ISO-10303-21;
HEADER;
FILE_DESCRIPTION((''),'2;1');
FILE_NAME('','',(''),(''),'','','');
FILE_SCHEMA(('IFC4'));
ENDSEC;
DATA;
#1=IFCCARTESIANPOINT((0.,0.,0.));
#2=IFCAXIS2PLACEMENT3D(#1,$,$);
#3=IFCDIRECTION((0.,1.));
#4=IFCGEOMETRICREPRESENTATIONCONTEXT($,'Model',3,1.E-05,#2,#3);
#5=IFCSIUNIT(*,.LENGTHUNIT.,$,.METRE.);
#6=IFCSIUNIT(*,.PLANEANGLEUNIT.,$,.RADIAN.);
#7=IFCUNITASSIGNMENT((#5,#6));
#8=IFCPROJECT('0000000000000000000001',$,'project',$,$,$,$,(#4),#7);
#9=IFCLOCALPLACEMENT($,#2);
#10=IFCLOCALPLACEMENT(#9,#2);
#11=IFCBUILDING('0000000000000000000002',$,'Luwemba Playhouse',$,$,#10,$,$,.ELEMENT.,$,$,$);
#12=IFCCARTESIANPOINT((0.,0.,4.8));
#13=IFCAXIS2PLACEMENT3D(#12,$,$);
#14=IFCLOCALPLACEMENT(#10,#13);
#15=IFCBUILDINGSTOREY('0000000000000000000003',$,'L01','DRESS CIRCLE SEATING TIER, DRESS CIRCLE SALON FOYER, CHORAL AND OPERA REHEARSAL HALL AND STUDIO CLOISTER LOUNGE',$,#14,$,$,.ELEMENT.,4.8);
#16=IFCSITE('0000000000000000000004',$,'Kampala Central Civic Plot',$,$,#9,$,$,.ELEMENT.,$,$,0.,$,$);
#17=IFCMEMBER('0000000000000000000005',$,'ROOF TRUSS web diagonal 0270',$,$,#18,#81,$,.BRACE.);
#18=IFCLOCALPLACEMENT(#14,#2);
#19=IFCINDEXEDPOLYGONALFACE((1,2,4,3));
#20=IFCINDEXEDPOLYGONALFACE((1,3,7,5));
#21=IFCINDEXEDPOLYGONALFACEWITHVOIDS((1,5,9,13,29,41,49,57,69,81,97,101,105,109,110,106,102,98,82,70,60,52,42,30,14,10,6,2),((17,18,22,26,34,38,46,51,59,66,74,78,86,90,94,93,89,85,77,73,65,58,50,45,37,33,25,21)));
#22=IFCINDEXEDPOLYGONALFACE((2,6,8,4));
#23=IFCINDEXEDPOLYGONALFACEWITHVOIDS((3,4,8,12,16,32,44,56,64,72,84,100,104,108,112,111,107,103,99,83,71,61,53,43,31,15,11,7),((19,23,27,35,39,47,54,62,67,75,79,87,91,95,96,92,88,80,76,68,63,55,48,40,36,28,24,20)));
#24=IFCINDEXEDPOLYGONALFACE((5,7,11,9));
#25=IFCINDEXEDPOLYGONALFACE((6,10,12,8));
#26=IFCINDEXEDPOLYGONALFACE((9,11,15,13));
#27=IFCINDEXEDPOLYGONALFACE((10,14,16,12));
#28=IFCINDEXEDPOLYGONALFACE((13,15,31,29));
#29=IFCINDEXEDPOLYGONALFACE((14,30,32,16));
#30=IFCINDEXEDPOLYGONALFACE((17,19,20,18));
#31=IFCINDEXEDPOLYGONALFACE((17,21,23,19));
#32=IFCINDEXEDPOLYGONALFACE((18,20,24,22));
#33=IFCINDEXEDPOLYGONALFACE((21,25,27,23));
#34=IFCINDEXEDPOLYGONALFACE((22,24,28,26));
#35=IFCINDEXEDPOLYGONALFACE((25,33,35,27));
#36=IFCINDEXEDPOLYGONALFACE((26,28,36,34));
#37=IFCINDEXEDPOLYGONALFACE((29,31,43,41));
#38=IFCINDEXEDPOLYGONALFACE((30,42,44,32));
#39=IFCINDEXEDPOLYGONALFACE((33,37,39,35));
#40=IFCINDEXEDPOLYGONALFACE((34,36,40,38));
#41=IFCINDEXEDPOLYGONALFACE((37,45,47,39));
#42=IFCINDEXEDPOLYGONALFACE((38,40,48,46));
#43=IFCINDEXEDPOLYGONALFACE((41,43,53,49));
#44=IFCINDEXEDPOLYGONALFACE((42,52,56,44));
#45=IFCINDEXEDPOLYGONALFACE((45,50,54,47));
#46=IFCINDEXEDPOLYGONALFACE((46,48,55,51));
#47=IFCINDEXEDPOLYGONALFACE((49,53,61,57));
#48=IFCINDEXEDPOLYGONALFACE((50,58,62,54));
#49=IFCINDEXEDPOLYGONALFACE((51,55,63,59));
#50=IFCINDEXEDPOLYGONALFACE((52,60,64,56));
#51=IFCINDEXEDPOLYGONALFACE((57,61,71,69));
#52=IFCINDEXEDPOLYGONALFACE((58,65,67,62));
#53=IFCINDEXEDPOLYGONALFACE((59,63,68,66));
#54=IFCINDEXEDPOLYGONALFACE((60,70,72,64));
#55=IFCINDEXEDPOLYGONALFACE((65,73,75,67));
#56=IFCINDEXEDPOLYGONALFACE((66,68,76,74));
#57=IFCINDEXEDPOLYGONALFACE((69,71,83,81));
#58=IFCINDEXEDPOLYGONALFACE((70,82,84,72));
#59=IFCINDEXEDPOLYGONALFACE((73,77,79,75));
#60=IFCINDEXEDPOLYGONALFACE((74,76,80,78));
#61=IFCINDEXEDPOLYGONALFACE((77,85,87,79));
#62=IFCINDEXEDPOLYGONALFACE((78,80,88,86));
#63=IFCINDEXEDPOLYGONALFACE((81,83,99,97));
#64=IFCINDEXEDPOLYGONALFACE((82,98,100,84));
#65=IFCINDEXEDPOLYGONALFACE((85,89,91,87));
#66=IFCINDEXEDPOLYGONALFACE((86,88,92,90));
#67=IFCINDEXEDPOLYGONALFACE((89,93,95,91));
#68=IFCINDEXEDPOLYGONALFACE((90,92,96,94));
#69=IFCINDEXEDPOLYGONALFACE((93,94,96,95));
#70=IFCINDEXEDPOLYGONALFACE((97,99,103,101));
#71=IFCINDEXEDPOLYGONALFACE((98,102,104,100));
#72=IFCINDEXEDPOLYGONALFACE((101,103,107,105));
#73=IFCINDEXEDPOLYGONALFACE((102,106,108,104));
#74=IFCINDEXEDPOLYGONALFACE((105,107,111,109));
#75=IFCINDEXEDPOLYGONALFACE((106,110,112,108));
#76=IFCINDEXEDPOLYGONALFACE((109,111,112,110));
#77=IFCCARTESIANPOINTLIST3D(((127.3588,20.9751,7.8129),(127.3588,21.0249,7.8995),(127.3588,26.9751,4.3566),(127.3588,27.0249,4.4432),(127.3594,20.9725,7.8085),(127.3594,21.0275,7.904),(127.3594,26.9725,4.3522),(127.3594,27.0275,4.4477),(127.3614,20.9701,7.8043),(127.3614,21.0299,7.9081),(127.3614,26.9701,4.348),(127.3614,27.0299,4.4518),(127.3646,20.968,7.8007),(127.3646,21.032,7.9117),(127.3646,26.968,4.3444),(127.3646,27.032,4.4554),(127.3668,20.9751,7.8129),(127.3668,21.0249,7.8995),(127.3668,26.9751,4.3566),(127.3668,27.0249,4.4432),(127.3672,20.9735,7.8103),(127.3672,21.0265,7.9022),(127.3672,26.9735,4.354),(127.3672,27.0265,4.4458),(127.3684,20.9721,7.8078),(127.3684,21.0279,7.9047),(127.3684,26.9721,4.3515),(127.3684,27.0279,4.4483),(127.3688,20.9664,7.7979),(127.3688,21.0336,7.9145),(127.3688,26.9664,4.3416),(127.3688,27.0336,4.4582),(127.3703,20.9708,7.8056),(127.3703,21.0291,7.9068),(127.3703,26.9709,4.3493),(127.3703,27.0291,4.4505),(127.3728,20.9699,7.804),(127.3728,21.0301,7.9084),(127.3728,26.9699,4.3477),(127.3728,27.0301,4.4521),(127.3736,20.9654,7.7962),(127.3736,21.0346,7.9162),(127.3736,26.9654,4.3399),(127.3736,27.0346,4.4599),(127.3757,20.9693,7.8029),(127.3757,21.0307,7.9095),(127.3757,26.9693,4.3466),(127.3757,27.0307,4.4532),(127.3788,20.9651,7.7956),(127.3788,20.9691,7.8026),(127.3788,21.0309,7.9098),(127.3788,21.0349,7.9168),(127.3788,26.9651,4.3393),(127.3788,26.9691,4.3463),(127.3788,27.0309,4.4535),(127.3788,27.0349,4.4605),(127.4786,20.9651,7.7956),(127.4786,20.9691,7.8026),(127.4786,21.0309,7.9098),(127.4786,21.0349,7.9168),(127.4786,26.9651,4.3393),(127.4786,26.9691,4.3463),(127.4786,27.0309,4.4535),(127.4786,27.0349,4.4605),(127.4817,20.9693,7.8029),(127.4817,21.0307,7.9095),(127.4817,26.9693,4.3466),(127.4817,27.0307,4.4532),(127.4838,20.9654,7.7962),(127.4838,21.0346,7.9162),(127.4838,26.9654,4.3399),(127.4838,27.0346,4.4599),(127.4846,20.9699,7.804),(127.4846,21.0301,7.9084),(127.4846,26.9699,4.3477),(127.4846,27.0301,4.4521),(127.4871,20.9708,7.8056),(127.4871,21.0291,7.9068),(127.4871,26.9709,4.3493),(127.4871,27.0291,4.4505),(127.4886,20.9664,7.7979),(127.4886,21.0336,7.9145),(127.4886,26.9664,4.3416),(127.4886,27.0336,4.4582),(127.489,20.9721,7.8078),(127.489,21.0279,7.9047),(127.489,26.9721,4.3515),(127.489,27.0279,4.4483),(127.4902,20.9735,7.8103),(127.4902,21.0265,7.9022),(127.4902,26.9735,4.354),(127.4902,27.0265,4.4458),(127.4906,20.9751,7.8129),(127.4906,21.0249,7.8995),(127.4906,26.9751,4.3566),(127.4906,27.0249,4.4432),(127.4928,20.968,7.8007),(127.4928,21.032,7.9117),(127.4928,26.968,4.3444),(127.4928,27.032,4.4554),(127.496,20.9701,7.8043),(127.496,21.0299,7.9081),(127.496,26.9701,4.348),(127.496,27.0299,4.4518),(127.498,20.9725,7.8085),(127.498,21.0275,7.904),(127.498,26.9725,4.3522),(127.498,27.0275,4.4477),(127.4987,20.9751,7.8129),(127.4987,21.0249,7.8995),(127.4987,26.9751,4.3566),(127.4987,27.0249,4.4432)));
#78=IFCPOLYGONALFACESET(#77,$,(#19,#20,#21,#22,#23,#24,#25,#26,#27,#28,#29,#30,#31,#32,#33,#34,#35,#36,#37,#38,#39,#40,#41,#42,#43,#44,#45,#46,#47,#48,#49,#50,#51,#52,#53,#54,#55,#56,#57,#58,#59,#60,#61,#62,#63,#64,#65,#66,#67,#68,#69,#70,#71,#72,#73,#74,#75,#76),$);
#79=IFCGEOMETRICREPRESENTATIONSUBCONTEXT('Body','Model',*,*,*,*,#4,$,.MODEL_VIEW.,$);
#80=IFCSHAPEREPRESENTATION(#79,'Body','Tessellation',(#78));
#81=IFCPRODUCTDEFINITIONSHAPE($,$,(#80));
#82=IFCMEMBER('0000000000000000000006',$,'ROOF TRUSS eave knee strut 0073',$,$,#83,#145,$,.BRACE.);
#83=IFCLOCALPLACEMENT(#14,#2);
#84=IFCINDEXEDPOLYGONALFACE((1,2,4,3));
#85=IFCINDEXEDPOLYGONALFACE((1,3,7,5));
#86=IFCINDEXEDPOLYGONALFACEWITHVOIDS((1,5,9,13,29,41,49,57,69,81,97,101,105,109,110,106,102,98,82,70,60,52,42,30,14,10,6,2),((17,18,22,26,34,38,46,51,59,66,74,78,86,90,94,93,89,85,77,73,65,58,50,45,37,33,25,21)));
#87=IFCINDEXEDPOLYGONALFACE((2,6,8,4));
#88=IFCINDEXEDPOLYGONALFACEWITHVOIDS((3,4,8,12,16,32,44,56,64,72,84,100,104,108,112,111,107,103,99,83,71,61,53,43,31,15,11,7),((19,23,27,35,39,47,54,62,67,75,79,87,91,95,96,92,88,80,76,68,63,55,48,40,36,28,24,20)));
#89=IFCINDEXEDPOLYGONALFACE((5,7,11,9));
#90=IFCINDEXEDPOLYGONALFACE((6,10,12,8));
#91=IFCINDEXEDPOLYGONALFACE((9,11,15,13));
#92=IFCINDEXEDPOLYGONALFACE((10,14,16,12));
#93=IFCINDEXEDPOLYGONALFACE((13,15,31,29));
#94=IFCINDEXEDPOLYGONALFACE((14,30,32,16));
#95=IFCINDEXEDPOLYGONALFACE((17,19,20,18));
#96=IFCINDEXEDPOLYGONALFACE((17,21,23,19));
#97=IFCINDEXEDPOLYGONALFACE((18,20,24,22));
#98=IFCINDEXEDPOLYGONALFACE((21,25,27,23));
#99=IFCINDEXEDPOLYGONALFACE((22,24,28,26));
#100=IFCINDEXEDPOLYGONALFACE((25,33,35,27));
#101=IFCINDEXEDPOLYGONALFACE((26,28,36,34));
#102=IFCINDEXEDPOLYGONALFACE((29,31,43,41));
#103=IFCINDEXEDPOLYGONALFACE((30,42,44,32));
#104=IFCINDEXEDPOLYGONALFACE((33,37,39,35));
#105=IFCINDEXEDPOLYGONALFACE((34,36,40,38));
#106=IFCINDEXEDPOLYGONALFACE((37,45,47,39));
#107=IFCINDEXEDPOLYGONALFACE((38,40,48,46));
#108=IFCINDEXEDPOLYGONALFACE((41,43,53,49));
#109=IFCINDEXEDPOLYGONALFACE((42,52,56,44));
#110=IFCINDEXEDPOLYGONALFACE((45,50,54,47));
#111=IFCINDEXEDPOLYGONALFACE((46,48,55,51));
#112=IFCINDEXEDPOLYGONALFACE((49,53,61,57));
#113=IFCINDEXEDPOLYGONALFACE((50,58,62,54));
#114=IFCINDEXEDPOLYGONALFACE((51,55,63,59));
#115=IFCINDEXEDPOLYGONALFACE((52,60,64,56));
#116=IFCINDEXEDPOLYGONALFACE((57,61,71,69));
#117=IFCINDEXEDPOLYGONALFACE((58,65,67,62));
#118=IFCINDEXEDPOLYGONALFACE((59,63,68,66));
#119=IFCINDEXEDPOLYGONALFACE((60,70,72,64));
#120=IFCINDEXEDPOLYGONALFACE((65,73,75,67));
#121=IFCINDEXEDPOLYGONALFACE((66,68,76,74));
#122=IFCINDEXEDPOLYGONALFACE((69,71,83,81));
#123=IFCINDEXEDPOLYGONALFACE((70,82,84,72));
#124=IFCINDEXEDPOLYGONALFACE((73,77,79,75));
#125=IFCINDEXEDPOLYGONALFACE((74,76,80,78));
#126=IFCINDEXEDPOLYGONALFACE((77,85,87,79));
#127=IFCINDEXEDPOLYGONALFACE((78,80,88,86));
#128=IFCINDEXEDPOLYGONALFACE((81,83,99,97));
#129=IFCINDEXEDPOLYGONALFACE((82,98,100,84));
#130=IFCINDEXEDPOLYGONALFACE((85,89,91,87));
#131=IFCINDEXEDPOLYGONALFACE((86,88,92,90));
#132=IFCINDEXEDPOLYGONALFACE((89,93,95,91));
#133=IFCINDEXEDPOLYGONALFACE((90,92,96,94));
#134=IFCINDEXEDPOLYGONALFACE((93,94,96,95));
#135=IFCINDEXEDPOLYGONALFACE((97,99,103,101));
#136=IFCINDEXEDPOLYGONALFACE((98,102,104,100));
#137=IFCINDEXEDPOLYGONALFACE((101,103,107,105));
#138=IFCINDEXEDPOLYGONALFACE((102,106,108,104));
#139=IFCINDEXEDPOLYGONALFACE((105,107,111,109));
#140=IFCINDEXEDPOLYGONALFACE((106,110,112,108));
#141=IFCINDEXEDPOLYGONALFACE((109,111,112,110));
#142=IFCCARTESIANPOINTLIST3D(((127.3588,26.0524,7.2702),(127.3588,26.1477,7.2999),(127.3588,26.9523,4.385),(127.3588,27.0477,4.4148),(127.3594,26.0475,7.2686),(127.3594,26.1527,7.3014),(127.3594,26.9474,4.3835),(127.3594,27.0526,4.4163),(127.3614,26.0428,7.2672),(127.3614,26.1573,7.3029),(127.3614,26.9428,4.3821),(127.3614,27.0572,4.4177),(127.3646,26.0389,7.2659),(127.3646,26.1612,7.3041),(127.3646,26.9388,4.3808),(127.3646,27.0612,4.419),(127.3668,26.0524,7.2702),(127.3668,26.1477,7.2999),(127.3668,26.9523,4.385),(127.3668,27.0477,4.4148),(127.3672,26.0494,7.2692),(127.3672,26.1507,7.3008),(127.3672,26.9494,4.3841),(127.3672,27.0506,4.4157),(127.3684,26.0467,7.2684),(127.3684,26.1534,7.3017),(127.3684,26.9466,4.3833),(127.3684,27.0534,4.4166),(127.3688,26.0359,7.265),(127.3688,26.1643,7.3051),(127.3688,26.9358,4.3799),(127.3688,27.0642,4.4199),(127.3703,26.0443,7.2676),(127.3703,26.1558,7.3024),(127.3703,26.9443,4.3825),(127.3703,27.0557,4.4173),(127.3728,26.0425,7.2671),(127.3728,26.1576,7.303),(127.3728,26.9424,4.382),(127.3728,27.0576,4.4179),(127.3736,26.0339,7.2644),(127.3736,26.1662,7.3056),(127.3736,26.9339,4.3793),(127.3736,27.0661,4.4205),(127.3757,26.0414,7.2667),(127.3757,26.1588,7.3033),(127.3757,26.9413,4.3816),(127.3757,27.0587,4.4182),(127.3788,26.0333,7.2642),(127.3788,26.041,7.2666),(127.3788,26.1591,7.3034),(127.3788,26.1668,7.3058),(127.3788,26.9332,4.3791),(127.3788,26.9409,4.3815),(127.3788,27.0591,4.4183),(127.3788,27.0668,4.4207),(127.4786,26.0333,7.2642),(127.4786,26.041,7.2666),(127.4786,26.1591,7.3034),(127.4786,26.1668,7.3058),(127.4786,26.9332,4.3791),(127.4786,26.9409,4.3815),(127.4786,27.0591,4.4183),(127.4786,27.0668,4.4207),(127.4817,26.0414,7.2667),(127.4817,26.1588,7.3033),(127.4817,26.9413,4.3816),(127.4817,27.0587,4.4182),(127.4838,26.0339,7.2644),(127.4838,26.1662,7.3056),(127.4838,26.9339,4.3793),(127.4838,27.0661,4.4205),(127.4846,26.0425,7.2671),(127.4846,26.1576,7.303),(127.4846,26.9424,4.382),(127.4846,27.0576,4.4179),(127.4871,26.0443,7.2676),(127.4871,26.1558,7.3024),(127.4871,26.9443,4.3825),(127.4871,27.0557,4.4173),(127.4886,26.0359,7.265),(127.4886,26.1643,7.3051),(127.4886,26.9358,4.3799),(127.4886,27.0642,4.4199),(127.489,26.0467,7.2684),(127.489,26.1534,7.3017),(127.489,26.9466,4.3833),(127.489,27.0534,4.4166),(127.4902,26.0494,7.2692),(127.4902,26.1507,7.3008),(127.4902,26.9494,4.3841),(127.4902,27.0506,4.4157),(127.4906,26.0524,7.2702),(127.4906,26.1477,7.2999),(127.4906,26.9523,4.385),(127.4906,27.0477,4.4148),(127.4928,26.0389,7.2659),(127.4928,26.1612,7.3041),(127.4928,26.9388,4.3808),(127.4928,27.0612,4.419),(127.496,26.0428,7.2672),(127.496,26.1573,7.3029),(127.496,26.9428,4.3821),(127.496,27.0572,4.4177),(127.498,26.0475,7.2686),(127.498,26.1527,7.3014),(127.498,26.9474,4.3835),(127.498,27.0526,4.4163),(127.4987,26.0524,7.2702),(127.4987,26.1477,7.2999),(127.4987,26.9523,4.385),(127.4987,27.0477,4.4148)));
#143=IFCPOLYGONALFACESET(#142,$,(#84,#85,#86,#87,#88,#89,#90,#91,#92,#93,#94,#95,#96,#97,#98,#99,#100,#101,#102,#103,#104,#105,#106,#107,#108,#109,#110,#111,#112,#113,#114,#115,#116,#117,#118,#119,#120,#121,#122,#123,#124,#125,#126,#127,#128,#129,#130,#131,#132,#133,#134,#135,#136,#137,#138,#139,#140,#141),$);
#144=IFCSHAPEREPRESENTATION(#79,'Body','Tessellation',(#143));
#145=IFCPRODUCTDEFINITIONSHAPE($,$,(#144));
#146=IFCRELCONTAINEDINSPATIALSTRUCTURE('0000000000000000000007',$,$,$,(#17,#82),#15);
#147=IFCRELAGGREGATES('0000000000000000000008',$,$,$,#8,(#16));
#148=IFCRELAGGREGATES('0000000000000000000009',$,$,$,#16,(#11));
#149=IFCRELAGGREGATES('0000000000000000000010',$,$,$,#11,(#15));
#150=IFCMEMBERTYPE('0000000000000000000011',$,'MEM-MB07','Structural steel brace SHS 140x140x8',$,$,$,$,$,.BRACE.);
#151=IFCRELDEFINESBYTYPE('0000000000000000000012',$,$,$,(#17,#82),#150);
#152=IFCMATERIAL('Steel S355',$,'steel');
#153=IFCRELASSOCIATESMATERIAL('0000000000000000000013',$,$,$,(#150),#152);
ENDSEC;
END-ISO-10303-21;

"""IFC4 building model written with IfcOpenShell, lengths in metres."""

from ifc_helpers import new_model, si_unit, direction, frame, origin, origin_2d, place, context, subcontext, project, spatial, hollow_rectangle, extrude, material, material_profile, profile_set, type_object, element, save


model = new_model("IFC4")

# Units and contexts
model_context = context("Model", 3, precision=1e-05, world=origin(), true_north=direction((0.0, 1.0)))
body_context = subcontext(model_context, "Body", "Model", "MODEL_VIEW")
ifc_project = project(units=[si_unit("LENGTHUNIT", "METRE"), si_unit("PLANEANGLEUNIT", "RADIAN")], contexts=[model_context])

# Site, building, storey
site_placement = place(None, origin())
site = spatial("IfcSite", under=ifc_project, at=site_placement, Name="Kampala Central Civic Plot", CompositionType="ELEMENT", RefElevation=0.0)
building_placement = place(site_placement, origin())
building = spatial("IfcBuilding", under=site, at=building_placement, Name="Luwemba Playhouse", CompositionType="ELEMENT")
storey_placement = place(building_placement, frame((0.0, 0.0, 4.8)))
storey = spatial("IfcBuildingStorey", under=building, at=storey_placement, Name="L01", Description="DRESS CIRCLE SEATING TIER, DRESS CIRCLE SALON FOYER, CHORAL AND OPERA REHEARSAL HALL AND STUDIO CLOISTER LOUNGE", CompositionType="ELEMENT", Elevation=4.8)

# Members
ifc_material_1 = material(Name="Steel S355", Category="steel")
ifc_material_profile_1 = material_profile(ifc_material_1, hollow_rectangle(XDim=0.1399, YDim=0.1399, WallThickness=0.0081, InnerFilletRadius=0.012, OuterFilletRadius=0.02, at=origin_2d()))
ifc_profile_set_1 = profile_set([ifc_material_profile_1], Name="Steel S355")
member_type_1 = type_object("IfcMemberType", Name="MEM-MB07", Description="Structural steel brace SHS 140x140x8", PredefinedType="BRACE", material=ifc_profile_set_1)
member_1_placement = place(storey_placement, frame((127.4287, 27.0, 4.3999), z_axis=(0.0, -0.866513, 0.499155), x_axis=(1.0, 0.0, 0.0)))
element("IfcMember", 1, at=member_1_placement, inside=storey, type_object=member_type_1, Name="ROOF TRUSS web diagonal 0270", PredefinedType="BRACE", context=body_context, shape_type="SweptSolid", body=[
    extrude(hollow_rectangle(XDim=0.1399, YDim=0.1399, WallThickness=0.0081, InnerFilletRadius=0.012, OuterFilletRadius=0.02, at=origin_2d()), origin(), (0.0, 0.0, 1.0), 6.9243),
])
member_2_placement = place(storey_placement, frame((127.4287, 27.0, 4.3999), z_axis=(0.0, -0.297774, 0.954637), x_axis=(1.0, 0.0, 0.0)))
element("IfcMember", 2, at=member_2_placement, inside=storey, type_object=member_type_1, Name="ROOF TRUSS eave knee strut 0073", PredefinedType="BRACE", context=body_context, shape_type="SweptSolid", body=[
    extrude(hollow_rectangle(XDim=0.1399, YDim=0.1399, WallThickness=0.0081, InnerFilletRadius=0.012, OuterFilletRadius=0.02, at=origin_2d()), origin(), (0.0, 0.0, 1.0), 3.0222),
])

save(model, "model.ifc")
